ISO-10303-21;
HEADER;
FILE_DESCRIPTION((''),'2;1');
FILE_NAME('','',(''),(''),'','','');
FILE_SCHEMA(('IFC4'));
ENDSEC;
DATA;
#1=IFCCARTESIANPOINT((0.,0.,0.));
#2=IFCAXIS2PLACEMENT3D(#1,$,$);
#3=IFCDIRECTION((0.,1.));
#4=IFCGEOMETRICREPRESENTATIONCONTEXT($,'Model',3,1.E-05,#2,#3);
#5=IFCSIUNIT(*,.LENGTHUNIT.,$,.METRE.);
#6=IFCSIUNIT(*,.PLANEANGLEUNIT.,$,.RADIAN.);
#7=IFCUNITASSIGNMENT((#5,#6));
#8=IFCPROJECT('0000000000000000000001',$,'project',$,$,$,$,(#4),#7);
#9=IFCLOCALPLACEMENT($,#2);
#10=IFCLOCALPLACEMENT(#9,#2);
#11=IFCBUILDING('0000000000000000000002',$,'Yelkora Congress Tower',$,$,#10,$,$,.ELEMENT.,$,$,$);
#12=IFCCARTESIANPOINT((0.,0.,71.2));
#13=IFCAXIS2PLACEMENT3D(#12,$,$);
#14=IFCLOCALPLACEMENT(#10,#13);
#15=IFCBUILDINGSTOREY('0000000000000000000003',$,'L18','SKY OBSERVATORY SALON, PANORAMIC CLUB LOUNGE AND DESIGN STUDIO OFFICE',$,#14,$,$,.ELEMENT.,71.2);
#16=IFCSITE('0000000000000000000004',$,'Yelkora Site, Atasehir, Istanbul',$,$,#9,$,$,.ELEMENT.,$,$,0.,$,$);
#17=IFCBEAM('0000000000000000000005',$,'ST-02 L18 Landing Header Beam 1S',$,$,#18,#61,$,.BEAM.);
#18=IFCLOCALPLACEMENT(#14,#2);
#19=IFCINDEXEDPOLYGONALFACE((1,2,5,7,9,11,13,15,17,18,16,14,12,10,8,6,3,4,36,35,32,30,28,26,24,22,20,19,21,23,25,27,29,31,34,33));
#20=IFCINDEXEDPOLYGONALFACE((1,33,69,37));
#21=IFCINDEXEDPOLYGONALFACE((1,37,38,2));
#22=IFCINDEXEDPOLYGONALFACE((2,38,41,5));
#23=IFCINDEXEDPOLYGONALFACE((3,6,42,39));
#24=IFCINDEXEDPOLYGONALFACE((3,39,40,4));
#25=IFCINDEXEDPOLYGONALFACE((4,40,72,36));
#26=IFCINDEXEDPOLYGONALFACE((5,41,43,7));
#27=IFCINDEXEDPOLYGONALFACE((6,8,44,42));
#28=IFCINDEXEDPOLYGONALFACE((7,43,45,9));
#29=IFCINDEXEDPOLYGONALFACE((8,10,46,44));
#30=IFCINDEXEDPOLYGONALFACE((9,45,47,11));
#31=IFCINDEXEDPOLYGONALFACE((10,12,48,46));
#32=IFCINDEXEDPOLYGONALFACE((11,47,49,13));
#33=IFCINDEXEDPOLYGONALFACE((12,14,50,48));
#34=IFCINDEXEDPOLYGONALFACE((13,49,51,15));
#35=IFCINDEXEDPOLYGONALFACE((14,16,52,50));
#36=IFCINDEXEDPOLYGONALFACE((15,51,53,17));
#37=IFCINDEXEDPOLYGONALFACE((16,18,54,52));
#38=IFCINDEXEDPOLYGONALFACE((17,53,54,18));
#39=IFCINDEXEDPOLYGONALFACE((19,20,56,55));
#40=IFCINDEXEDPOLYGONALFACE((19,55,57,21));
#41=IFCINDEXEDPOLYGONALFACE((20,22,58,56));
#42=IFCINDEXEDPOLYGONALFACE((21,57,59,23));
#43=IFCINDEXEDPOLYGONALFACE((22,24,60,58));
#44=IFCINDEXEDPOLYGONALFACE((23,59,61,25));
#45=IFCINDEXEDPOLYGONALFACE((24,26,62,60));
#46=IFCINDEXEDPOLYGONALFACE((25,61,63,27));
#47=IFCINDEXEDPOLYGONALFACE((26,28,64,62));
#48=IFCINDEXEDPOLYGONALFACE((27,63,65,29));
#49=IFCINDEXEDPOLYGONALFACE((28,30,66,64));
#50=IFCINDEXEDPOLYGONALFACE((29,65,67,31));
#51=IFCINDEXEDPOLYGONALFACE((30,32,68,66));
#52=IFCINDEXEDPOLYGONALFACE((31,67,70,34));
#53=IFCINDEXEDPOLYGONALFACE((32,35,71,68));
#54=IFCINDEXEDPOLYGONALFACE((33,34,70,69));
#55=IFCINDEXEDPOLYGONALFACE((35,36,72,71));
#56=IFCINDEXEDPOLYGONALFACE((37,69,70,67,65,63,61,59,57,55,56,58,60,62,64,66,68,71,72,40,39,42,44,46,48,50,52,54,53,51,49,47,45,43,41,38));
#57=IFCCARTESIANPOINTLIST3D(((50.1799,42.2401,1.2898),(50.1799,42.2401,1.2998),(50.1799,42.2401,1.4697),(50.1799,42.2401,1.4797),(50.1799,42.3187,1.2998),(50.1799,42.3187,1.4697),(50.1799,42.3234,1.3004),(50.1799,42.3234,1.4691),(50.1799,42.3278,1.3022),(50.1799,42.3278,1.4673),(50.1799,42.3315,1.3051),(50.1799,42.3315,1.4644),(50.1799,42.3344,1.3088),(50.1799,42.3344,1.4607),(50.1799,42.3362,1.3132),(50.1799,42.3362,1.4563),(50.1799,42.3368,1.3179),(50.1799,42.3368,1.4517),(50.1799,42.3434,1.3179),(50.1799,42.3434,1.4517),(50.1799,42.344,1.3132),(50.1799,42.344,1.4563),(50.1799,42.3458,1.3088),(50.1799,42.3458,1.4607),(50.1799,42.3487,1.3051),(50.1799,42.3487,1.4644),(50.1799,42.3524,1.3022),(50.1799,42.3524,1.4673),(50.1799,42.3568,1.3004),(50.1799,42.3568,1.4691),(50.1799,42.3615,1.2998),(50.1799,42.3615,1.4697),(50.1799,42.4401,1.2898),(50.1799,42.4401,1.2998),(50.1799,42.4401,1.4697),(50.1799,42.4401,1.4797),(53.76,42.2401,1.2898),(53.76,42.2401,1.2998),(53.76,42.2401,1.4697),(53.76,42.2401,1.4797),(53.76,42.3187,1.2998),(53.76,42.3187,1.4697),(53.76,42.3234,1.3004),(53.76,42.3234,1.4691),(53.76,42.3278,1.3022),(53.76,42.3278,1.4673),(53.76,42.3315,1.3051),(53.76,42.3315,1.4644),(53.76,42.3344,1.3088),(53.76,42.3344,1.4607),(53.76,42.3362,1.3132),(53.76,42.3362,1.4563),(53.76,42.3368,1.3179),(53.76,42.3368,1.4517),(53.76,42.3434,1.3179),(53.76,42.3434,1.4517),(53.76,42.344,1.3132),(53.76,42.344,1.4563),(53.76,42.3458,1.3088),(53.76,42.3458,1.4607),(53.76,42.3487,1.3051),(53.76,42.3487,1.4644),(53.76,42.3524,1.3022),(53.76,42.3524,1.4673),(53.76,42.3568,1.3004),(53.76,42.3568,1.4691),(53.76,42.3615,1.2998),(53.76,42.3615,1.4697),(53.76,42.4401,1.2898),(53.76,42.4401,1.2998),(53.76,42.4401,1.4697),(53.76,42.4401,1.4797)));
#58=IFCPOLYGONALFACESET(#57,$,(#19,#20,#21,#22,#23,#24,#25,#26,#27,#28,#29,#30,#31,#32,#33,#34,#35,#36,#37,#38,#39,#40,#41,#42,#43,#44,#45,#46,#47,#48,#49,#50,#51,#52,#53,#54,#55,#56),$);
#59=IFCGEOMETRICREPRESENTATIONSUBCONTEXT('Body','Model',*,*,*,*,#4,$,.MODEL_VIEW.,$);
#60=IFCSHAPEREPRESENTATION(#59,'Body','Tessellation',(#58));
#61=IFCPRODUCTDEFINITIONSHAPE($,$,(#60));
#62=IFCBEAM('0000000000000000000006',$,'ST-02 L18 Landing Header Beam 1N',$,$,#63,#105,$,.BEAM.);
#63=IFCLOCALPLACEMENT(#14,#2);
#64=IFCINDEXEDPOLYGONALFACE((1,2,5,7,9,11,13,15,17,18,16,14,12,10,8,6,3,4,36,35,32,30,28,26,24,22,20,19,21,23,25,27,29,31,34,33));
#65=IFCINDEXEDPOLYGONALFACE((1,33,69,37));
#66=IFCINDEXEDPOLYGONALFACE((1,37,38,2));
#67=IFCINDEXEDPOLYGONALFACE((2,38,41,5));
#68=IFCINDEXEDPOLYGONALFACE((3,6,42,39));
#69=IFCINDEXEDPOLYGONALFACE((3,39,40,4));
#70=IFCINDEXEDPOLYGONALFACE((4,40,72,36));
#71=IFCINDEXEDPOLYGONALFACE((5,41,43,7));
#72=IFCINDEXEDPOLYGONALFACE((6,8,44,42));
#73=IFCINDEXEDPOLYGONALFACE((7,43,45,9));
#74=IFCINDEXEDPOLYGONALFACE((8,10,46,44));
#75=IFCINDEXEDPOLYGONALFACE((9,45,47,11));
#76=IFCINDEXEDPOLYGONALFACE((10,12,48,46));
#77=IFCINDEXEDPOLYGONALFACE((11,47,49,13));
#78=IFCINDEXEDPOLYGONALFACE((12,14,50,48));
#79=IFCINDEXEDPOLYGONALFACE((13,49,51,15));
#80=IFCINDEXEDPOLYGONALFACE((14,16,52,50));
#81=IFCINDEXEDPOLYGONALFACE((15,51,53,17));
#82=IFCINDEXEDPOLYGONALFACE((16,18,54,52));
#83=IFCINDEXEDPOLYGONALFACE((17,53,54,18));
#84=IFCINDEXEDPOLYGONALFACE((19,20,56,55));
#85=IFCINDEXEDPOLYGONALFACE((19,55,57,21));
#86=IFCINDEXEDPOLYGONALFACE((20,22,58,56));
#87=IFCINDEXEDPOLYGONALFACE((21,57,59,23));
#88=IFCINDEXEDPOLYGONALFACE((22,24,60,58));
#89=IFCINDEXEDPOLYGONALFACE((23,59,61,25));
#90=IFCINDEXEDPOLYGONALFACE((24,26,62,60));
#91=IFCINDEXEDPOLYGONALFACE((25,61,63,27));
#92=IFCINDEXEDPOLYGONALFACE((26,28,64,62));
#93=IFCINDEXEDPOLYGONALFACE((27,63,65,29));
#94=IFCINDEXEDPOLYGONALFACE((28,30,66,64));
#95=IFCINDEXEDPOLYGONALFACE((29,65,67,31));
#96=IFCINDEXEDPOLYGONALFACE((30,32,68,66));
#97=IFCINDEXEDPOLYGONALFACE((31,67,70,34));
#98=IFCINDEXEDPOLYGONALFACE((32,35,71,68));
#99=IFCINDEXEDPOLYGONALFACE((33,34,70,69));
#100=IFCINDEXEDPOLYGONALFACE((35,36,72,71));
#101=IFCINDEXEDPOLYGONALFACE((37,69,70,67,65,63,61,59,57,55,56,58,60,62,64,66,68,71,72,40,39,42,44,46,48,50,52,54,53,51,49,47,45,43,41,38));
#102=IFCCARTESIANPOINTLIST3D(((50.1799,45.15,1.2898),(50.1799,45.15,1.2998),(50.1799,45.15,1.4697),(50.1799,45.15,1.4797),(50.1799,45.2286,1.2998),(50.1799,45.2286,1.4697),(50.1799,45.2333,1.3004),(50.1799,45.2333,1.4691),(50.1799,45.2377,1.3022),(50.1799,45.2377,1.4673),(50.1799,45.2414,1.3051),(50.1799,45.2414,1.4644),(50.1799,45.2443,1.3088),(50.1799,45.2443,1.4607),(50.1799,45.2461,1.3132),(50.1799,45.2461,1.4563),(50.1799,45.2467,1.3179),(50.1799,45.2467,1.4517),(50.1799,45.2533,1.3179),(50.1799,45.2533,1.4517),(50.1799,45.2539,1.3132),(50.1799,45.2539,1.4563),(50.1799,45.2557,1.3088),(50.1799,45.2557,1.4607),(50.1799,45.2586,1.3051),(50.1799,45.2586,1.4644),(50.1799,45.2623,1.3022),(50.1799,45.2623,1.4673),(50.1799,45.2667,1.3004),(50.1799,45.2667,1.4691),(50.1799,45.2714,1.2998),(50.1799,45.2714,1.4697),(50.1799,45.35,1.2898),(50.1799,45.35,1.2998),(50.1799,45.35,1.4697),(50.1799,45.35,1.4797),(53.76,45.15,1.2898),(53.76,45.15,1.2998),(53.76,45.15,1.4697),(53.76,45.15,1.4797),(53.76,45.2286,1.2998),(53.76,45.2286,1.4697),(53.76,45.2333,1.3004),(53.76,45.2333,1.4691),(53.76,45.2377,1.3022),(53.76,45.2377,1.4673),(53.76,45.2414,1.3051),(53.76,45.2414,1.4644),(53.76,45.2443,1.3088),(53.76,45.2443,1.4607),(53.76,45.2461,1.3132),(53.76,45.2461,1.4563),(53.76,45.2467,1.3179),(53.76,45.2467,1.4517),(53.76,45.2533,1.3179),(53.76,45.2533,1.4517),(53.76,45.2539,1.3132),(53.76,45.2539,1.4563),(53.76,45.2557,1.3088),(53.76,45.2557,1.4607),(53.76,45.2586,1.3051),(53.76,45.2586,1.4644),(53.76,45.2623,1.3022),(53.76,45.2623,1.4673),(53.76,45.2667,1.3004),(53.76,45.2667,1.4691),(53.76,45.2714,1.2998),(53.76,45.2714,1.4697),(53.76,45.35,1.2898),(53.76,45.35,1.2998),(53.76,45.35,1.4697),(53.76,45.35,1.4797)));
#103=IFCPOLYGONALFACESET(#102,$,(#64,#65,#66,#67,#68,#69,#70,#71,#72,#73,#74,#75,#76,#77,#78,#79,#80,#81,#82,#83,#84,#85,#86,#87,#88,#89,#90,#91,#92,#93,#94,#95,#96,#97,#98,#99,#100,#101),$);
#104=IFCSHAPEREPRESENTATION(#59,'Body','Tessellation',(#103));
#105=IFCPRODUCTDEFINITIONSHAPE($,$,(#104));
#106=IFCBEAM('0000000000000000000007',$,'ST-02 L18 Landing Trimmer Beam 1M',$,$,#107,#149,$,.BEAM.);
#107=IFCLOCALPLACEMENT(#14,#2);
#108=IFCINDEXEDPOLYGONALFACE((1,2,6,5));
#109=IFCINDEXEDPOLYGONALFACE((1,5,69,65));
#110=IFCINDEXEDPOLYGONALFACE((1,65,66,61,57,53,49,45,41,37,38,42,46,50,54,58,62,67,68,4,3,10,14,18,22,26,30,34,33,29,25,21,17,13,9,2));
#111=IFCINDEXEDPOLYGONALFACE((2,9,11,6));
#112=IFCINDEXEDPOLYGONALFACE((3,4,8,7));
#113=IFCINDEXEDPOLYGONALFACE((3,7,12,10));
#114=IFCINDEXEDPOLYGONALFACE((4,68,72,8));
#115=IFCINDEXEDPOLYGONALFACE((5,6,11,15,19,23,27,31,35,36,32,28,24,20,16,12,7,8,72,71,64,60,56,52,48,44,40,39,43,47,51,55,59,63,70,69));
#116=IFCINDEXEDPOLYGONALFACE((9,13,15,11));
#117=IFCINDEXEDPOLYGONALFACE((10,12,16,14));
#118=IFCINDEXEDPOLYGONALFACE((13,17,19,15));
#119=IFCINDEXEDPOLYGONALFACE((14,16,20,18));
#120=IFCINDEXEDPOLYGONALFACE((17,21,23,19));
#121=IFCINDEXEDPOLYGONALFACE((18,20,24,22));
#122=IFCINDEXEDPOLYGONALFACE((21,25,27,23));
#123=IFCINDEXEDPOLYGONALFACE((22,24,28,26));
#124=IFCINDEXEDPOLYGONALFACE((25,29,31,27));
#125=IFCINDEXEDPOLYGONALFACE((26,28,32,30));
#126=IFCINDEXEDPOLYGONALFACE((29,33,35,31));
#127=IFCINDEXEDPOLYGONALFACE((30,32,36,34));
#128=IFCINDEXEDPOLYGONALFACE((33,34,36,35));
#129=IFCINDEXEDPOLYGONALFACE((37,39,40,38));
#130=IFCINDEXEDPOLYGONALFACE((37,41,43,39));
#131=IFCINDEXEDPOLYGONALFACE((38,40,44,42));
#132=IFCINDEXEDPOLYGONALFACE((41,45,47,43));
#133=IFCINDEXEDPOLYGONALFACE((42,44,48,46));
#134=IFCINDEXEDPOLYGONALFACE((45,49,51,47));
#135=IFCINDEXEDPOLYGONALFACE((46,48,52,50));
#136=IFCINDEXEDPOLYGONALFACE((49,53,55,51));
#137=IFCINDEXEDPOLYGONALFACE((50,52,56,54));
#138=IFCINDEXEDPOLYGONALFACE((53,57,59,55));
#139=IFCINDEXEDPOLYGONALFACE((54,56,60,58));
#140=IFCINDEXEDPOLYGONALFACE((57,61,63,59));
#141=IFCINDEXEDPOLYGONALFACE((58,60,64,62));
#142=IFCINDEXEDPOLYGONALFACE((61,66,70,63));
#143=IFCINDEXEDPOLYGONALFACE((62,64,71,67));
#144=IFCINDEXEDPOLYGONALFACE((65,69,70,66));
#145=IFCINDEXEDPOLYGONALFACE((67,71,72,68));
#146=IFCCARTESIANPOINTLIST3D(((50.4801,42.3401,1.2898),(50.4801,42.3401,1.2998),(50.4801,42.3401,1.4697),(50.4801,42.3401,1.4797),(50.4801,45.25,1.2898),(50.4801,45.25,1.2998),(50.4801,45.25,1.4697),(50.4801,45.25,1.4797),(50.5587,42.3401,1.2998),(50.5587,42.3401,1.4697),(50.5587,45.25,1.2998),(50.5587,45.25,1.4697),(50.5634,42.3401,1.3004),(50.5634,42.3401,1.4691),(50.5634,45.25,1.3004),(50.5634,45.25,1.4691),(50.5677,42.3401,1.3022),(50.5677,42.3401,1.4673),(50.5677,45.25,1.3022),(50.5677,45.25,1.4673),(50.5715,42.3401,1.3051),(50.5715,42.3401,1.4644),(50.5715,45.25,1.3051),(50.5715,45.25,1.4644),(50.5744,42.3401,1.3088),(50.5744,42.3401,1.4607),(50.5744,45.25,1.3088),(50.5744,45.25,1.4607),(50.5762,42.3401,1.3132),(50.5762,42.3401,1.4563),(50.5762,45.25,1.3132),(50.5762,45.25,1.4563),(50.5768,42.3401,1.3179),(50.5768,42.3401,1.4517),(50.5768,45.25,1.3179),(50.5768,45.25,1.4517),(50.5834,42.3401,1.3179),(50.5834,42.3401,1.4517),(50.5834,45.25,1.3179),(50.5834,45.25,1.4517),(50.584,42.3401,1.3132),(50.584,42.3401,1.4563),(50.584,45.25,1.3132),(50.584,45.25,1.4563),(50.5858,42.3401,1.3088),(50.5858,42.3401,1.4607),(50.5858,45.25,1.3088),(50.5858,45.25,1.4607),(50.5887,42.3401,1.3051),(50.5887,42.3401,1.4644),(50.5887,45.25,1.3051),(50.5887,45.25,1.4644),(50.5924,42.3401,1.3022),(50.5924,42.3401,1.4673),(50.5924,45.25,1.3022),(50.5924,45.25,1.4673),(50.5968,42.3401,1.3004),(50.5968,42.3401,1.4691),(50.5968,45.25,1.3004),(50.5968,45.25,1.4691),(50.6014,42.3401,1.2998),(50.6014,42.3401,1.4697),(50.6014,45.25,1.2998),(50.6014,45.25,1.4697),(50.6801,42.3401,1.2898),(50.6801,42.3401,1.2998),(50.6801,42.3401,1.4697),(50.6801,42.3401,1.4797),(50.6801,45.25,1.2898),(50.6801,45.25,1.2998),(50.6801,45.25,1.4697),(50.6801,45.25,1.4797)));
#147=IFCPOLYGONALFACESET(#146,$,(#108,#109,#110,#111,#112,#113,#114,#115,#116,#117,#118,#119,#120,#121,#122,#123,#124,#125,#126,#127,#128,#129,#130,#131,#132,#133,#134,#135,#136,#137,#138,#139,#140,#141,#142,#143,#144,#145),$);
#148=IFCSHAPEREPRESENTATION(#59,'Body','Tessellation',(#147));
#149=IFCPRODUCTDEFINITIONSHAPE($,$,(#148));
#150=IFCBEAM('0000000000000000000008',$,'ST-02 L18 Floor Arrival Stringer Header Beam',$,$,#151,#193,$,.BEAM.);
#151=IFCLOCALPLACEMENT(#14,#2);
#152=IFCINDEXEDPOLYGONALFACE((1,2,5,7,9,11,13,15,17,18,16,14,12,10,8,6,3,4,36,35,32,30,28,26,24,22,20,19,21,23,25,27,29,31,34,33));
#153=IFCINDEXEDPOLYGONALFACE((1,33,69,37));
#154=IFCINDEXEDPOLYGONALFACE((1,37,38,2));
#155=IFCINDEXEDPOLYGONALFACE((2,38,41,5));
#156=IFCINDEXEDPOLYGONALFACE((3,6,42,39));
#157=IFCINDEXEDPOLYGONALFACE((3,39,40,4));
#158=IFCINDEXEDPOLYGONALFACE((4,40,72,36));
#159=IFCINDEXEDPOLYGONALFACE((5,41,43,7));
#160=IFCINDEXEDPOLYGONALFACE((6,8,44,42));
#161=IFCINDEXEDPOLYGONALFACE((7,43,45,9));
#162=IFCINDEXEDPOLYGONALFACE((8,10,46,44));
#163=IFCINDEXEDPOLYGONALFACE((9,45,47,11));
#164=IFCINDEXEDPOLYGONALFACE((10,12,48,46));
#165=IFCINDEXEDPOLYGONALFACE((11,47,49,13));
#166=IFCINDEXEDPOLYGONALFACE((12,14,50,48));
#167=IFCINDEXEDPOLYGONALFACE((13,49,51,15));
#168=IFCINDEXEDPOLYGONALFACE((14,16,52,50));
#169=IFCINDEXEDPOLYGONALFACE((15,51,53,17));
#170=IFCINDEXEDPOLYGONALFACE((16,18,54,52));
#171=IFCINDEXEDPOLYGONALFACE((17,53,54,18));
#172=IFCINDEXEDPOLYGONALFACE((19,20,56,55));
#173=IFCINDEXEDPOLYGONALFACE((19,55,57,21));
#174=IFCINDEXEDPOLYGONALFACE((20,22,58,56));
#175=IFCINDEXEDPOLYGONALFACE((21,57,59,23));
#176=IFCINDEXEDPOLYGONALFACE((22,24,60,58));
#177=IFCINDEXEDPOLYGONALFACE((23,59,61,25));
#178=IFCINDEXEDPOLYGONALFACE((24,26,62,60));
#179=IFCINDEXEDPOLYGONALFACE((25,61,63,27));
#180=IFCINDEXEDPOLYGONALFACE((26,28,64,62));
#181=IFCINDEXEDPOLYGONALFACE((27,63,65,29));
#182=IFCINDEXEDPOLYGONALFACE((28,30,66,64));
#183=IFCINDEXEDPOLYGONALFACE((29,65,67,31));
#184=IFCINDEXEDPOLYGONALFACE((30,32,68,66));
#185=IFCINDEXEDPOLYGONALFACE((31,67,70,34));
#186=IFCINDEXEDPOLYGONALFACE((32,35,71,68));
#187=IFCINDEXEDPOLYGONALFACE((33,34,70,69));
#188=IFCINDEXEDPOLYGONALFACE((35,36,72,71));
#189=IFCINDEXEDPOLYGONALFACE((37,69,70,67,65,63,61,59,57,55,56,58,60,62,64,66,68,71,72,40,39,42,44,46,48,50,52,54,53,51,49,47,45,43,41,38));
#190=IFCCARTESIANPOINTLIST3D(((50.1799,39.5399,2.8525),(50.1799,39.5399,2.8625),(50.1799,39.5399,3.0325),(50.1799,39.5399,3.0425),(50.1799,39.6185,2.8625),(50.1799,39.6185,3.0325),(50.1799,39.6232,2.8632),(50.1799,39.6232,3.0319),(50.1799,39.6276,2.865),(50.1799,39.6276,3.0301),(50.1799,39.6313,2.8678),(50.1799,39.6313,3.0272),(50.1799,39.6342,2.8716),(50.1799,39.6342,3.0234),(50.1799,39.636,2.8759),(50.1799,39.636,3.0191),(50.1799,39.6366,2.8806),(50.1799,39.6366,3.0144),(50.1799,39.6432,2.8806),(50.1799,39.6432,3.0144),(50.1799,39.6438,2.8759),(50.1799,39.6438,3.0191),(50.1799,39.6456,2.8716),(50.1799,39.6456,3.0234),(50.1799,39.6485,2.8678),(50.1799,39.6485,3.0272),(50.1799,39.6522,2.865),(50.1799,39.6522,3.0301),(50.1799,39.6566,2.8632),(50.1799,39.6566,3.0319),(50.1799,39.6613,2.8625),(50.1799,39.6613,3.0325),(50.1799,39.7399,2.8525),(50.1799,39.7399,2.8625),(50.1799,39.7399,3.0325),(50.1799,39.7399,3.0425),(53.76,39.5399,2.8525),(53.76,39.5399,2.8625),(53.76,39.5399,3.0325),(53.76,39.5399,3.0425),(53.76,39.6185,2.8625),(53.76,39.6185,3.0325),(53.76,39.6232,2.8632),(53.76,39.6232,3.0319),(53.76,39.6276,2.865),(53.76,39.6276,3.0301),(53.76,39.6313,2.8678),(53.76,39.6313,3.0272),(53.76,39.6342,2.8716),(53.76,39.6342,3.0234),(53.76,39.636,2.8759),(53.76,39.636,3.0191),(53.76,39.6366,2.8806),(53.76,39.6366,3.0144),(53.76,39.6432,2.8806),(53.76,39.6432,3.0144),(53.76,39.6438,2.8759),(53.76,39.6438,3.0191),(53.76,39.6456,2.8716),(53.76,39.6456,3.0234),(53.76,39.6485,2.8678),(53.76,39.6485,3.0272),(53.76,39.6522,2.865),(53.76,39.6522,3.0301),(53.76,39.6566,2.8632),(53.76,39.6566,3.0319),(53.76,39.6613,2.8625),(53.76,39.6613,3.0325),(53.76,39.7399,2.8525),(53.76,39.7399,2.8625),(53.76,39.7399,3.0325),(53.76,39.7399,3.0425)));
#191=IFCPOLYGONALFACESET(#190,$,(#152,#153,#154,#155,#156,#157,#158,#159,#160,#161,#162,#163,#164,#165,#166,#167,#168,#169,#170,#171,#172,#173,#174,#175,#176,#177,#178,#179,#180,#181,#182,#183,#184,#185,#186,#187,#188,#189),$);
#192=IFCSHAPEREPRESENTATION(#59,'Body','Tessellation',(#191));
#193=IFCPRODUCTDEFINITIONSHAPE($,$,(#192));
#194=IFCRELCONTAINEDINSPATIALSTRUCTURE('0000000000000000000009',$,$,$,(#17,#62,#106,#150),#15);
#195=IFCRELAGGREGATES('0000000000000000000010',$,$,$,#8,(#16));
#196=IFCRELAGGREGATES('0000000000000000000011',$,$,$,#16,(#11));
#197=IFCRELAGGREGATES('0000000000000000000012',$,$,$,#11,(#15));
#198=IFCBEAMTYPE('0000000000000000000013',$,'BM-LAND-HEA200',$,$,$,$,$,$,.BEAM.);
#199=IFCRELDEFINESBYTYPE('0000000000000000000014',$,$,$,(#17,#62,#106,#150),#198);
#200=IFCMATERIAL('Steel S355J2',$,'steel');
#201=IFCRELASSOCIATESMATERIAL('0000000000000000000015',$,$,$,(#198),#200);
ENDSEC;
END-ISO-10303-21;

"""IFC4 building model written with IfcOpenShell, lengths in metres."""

from ifc_helpers import new_model, si_unit, direction, frame, origin, origin_2d, place, context, subcontext, project, spatial, i_section, extrude, material, material_profile, profile_set, type_object, element, save


model = new_model("IFC4")

# Units and contexts
model_context = context("Model", 3, precision=1e-05, world=origin(), true_north=direction((0.0, 1.0)))
body_context = subcontext(model_context, "Body", "Model", "MODEL_VIEW")
ifc_project = project(units=[si_unit("LENGTHUNIT", "METRE"), si_unit("PLANEANGLEUNIT", "RADIAN")], contexts=[model_context])

# Site, building, storey
site_placement = place(None, origin())
site = spatial("IfcSite", under=ifc_project, at=site_placement, Name="Yelkora Site, Atasehir, Istanbul", CompositionType="ELEMENT", RefElevation=0.0)
building_placement = place(site_placement, origin())
building = spatial("IfcBuilding", under=site, at=building_placement, Name="Yelkora Congress Tower", CompositionType="ELEMENT")
storey_placement = place(building_placement, frame((0.0, 0.0, 71.2)))
storey = spatial("IfcBuildingStorey", under=building, at=storey_placement, Name="L18", Description="SKY OBSERVATORY SALON, PANORAMIC CLUB LOUNGE AND DESIGN STUDIO OFFICE", CompositionType="ELEMENT", Elevation=71.2)

# Beams
ifc_material_1 = material(Name="Steel S355J2", Category="steel")
ifc_material_profile = material_profile(ifc_material_1, i_section(OverallWidth=0.2, OverallDepth=0.1899, WebThickness=0.0066, FlangeThickness=0.01, FilletRadius=0.0181, at=origin_2d()), Name="HEA 200")
ifc_profile_set = profile_set([ifc_material_profile], Name="Steel S355J2")
beam_type = type_object("IfcBeamType", Name="BM-LAND-HEA200", PredefinedType="BEAM", material=ifc_profile_set)
for number, where, z_axis, x_axis, name in (
    (1, (50.1799, 42.3401, 1.3848), (1.0, 0.0, 0.0), (0.0, 1.0, 0.0), "ST-02 L18 Landing Header Beam 1S"),
    (2, (50.1799, 45.25, 1.3848), (1.0, 0.0, 0.0), (0.0, 1.0, 0.0), "ST-02 L18 Landing Header Beam 1N"),
):
    element("IfcBeam", number, at=place(storey_placement, frame(where, z_axis=z_axis, x_axis=x_axis)), inside=storey, type_object=beam_type, Name=name, PredefinedType="BEAM", context=body_context, shape_type="SweptSolid", body=[
        extrude(i_section(OverallWidth=0.2, OverallDepth=0.1899, WebThickness=0.0066, FlangeThickness=0.01, FilletRadius=0.0181, at=origin_2d()), origin(), (0.0, 0.0, 1.0), 3.5801),
    ])
beam_1_placement = place(storey_placement, frame((50.5801, 42.3401, 1.3848), z_axis=(0.0, 1.0, 0.0), x_axis=(-1.0, 0.0, 0.0)))
element("IfcBeam", 3, at=beam_1_placement, inside=storey, type_object=beam_type, Name="ST-02 L18 Landing Trimmer Beam 1M", PredefinedType="BEAM", context=body_context, shape_type="SweptSolid", body=[
    extrude(i_section(OverallWidth=0.2, OverallDepth=0.1899, WebThickness=0.0066, FlangeThickness=0.01, FilletRadius=0.0181, at=origin_2d()), origin(), (0.0, 0.0, 1.0), 2.9099),
])
beam_2_placement = place(storey_placement, frame((50.1799, 39.6399, 2.9475), z_axis=(1.0, 0.0, 0.0), x_axis=(0.0, 1.0, 0.0)))
element("IfcBeam", 4, at=beam_2_placement, inside=storey, type_object=beam_type, Name="ST-02 L18 Floor Arrival Stringer Header Beam", PredefinedType="BEAM", context=body_context, shape_type="SweptSolid", body=[
    extrude(i_section(OverallWidth=0.2, OverallDepth=0.1899, WebThickness=0.0066, FlangeThickness=0.01, FilletRadius=0.0181, at=origin_2d()), origin(), (0.0, 0.0, 1.0), 3.5801),
])

save(model, "model.ifc")
